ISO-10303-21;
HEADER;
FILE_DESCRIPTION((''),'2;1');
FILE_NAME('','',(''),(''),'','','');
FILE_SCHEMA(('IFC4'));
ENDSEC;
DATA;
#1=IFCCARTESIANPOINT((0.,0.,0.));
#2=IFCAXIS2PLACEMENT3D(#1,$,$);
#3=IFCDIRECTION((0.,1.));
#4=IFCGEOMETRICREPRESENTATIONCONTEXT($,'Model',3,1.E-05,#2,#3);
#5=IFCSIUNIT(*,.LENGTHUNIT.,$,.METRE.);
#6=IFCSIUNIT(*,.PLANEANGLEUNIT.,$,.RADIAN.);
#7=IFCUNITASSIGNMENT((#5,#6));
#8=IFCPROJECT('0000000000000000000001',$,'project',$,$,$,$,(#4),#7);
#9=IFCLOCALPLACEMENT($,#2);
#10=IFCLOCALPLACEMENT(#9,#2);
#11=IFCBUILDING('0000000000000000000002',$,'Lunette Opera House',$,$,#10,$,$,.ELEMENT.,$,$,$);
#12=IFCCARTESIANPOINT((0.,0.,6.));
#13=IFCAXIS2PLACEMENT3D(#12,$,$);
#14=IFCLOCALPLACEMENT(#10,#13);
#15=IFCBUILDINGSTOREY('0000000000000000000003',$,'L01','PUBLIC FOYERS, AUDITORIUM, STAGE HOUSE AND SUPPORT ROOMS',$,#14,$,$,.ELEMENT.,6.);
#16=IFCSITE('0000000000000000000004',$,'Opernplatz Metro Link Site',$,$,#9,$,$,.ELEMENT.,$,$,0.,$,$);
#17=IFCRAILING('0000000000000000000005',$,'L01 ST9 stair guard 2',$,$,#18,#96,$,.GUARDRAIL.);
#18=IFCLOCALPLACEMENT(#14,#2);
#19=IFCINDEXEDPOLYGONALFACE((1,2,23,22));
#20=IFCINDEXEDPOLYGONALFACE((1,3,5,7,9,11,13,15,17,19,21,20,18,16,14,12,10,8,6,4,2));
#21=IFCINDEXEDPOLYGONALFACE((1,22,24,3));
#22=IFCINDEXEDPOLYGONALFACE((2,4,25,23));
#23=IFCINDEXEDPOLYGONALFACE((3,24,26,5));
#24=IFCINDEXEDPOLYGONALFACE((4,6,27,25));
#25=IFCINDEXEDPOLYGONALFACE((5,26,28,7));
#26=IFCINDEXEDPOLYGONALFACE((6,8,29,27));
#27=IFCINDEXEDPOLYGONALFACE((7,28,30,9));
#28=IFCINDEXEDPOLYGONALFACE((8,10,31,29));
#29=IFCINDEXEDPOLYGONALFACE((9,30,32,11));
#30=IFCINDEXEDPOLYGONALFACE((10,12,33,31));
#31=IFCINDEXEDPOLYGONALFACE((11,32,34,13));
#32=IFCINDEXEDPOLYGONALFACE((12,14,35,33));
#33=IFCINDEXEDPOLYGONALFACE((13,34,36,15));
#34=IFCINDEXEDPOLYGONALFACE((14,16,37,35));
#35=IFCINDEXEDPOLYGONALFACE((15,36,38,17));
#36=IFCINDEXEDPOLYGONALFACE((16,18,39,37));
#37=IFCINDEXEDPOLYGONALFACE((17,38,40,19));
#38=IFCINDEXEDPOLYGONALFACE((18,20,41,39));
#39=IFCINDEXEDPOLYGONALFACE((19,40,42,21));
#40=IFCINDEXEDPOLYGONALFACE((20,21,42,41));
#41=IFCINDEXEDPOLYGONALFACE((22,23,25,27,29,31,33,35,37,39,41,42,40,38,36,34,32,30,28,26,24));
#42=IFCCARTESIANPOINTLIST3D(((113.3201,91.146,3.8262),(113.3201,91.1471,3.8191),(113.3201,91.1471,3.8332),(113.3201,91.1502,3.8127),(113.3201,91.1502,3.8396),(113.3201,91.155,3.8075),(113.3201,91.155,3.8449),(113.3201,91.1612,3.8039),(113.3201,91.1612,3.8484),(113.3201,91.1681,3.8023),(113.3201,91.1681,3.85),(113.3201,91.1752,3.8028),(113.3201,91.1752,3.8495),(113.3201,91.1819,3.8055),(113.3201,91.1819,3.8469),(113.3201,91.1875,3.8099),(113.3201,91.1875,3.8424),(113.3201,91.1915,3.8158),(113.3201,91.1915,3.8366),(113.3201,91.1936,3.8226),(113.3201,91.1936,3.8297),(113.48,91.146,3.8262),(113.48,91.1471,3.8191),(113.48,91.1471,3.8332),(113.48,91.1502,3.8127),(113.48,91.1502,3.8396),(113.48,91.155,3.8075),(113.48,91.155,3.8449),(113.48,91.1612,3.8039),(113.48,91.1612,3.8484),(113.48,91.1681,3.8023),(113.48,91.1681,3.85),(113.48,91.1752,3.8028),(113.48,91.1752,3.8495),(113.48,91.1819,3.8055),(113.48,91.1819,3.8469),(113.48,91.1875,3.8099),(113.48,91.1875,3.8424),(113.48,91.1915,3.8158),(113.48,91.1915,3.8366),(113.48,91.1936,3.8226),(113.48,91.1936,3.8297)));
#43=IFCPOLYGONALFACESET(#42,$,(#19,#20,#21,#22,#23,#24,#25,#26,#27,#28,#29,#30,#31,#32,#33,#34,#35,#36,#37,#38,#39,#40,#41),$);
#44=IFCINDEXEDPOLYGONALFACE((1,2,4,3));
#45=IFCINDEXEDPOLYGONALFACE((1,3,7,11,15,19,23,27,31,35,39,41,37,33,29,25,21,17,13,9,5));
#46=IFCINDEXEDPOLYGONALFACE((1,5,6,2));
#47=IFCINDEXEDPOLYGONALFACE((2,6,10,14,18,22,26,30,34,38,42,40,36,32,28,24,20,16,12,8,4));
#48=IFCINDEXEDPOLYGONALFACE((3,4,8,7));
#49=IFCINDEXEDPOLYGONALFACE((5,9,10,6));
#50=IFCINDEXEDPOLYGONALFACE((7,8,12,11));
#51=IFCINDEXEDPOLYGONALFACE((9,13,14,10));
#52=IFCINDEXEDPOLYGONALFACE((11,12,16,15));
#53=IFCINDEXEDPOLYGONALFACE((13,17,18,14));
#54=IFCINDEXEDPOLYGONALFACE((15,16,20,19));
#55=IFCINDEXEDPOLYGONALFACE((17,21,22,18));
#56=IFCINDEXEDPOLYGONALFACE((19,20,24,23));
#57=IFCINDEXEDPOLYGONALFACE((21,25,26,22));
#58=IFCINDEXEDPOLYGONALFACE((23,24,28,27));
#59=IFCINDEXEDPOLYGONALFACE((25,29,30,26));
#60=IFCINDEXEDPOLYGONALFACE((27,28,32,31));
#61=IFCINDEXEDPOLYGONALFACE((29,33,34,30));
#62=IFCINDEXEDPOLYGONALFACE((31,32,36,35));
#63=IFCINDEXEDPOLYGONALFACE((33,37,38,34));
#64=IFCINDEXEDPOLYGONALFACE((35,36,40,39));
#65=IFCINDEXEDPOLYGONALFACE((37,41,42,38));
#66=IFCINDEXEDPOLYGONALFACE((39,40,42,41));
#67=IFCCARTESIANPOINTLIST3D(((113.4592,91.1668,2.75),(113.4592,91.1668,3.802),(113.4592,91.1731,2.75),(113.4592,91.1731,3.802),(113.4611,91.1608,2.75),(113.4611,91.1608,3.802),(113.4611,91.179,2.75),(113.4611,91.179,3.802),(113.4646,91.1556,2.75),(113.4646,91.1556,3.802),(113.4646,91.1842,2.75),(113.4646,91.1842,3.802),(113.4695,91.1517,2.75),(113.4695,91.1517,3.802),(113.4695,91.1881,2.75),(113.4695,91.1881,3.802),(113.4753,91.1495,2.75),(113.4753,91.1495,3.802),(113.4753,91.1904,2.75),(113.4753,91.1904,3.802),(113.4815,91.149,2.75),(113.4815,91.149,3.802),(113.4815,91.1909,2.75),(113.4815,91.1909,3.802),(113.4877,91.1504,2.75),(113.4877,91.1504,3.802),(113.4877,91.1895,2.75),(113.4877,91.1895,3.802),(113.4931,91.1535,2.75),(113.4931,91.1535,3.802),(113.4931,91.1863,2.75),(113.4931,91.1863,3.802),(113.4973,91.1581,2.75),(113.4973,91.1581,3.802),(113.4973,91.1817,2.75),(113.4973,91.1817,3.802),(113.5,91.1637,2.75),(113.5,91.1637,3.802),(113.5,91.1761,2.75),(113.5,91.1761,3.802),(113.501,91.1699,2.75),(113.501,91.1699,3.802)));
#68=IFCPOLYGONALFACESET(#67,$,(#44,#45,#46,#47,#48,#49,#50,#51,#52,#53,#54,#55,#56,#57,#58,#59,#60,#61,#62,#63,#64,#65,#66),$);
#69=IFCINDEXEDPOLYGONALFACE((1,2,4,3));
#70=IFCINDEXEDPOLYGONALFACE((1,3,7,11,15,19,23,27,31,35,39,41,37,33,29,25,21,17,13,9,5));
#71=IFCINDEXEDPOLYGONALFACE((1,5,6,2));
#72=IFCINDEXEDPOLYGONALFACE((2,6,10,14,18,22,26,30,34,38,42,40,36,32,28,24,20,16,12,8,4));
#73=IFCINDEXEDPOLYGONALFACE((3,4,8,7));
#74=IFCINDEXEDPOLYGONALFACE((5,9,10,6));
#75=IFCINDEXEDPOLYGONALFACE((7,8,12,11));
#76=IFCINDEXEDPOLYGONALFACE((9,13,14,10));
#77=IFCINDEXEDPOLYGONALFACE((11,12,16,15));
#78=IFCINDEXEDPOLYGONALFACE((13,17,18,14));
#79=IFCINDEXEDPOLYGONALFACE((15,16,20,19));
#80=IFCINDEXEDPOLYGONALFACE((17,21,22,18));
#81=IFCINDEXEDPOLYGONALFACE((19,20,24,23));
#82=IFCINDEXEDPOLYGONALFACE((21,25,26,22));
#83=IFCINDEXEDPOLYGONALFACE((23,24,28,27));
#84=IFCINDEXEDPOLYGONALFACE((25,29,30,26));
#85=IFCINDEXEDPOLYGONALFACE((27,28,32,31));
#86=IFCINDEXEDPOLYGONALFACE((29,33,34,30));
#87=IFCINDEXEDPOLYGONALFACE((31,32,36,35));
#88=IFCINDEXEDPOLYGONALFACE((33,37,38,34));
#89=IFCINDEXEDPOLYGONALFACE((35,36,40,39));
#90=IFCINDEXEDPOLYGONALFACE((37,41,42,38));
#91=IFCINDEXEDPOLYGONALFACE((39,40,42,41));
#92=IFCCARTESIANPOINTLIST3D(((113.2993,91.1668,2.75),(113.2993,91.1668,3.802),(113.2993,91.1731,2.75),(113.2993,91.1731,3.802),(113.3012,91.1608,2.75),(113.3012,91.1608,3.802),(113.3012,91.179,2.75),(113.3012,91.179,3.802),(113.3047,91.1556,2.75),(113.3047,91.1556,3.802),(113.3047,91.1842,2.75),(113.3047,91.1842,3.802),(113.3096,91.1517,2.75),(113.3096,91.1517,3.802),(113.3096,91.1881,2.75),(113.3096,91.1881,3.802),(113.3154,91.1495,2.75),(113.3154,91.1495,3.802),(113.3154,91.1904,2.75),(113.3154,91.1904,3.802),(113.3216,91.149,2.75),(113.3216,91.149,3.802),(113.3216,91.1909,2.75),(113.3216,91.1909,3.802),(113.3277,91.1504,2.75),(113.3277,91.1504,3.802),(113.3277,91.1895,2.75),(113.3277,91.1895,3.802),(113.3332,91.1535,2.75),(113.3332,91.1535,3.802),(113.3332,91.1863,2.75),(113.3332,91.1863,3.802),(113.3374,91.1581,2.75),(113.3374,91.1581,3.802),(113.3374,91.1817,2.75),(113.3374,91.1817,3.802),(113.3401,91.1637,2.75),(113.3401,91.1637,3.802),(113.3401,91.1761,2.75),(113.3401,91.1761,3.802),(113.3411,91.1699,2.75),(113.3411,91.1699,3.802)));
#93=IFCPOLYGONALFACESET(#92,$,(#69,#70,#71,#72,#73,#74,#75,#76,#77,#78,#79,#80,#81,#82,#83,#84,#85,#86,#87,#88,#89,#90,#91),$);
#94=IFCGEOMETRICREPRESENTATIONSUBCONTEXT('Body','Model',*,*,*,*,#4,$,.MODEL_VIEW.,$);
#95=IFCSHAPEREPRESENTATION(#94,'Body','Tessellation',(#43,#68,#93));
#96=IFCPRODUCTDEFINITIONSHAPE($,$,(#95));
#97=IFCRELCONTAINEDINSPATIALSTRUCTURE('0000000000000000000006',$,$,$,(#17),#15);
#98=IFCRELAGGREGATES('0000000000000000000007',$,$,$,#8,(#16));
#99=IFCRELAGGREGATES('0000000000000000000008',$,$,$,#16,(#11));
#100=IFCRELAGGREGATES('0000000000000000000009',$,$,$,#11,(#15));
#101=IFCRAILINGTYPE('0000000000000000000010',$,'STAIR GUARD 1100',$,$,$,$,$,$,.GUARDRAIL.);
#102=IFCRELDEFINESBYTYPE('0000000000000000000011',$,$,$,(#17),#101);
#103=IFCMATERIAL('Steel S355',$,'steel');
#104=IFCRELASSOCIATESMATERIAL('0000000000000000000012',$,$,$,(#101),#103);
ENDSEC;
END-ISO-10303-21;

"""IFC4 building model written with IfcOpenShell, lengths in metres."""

from ifc_helpers import new_model, si_unit, direction, frame, origin, origin_2d, place, context, subcontext, project, spatial, circle, extrude, material, type_object, element, save


model = new_model("IFC4")

# Units and contexts
model_context = context("Model", 3, precision=1e-05, world=origin(), true_north=direction((0.0, 1.0)))
body_context = subcontext(model_context, "Body", "Model", "MODEL_VIEW")
ifc_project = project(units=[si_unit("LENGTHUNIT", "METRE"), si_unit("PLANEANGLEUNIT", "RADIAN")], contexts=[model_context])

# Site, building, storey
site_placement = place(None, origin())
site = spatial("IfcSite", under=ifc_project, at=site_placement, Name="Opernplatz Metro Link Site", CompositionType="ELEMENT", RefElevation=0.0)
building_placement = place(site_placement, origin())
building = spatial("IfcBuilding", under=site, at=building_placement, Name="Lunette Opera House", CompositionType="ELEMENT")
storey_placement = place(building_placement, frame((0.0, 0.0, 6.0)))
storey = spatial("IfcBuildingStorey", under=building, at=storey_placement, Name="L01", Description="PUBLIC FOYERS, AUDITORIUM, STAGE HOUSE AND SUPPORT ROOMS", CompositionType="ELEMENT", Elevation=6.0)

# Railing
ifc_material_1 = material(Name="Steel S355", Category="steel")
railing_type_1 = type_object("IfcRailingType", Name="STAIR GUARD 1100", PredefinedType="GUARDRAIL", material=ifc_material_1)
railing_1_placement = place(storey_placement, frame((113.48, 91.1699, 2.75)))
element("IfcRailing", 1, at=railing_1_placement, inside=storey, type_object=railing_type_1, Name="L01 ST9 stair guard 2", PredefinedType="GUARDRAIL", context=body_context, shape_type="SweptSolid", body=[
    extrude(circle(Radius=0.0239, at=origin_2d()), frame((0.0, 0.0, 1.0762), z_axis=(-1.0, 0.0, 0.0), x_axis=(0.0, -1.0, 0.0)), (0.0, 0.0, 1.0), 0.1599),
    extrude(circle(Radius=0.021, at=origin_2d()), origin(), (0.0, 0.0, 1.0), 1.052),
    extrude(circle(Radius=0.021, at=origin_2d()), frame((-0.1599, 0.0, 0.0)), (0.0, 0.0, 1.0), 1.052),
])

save(model, "model.ifc")
